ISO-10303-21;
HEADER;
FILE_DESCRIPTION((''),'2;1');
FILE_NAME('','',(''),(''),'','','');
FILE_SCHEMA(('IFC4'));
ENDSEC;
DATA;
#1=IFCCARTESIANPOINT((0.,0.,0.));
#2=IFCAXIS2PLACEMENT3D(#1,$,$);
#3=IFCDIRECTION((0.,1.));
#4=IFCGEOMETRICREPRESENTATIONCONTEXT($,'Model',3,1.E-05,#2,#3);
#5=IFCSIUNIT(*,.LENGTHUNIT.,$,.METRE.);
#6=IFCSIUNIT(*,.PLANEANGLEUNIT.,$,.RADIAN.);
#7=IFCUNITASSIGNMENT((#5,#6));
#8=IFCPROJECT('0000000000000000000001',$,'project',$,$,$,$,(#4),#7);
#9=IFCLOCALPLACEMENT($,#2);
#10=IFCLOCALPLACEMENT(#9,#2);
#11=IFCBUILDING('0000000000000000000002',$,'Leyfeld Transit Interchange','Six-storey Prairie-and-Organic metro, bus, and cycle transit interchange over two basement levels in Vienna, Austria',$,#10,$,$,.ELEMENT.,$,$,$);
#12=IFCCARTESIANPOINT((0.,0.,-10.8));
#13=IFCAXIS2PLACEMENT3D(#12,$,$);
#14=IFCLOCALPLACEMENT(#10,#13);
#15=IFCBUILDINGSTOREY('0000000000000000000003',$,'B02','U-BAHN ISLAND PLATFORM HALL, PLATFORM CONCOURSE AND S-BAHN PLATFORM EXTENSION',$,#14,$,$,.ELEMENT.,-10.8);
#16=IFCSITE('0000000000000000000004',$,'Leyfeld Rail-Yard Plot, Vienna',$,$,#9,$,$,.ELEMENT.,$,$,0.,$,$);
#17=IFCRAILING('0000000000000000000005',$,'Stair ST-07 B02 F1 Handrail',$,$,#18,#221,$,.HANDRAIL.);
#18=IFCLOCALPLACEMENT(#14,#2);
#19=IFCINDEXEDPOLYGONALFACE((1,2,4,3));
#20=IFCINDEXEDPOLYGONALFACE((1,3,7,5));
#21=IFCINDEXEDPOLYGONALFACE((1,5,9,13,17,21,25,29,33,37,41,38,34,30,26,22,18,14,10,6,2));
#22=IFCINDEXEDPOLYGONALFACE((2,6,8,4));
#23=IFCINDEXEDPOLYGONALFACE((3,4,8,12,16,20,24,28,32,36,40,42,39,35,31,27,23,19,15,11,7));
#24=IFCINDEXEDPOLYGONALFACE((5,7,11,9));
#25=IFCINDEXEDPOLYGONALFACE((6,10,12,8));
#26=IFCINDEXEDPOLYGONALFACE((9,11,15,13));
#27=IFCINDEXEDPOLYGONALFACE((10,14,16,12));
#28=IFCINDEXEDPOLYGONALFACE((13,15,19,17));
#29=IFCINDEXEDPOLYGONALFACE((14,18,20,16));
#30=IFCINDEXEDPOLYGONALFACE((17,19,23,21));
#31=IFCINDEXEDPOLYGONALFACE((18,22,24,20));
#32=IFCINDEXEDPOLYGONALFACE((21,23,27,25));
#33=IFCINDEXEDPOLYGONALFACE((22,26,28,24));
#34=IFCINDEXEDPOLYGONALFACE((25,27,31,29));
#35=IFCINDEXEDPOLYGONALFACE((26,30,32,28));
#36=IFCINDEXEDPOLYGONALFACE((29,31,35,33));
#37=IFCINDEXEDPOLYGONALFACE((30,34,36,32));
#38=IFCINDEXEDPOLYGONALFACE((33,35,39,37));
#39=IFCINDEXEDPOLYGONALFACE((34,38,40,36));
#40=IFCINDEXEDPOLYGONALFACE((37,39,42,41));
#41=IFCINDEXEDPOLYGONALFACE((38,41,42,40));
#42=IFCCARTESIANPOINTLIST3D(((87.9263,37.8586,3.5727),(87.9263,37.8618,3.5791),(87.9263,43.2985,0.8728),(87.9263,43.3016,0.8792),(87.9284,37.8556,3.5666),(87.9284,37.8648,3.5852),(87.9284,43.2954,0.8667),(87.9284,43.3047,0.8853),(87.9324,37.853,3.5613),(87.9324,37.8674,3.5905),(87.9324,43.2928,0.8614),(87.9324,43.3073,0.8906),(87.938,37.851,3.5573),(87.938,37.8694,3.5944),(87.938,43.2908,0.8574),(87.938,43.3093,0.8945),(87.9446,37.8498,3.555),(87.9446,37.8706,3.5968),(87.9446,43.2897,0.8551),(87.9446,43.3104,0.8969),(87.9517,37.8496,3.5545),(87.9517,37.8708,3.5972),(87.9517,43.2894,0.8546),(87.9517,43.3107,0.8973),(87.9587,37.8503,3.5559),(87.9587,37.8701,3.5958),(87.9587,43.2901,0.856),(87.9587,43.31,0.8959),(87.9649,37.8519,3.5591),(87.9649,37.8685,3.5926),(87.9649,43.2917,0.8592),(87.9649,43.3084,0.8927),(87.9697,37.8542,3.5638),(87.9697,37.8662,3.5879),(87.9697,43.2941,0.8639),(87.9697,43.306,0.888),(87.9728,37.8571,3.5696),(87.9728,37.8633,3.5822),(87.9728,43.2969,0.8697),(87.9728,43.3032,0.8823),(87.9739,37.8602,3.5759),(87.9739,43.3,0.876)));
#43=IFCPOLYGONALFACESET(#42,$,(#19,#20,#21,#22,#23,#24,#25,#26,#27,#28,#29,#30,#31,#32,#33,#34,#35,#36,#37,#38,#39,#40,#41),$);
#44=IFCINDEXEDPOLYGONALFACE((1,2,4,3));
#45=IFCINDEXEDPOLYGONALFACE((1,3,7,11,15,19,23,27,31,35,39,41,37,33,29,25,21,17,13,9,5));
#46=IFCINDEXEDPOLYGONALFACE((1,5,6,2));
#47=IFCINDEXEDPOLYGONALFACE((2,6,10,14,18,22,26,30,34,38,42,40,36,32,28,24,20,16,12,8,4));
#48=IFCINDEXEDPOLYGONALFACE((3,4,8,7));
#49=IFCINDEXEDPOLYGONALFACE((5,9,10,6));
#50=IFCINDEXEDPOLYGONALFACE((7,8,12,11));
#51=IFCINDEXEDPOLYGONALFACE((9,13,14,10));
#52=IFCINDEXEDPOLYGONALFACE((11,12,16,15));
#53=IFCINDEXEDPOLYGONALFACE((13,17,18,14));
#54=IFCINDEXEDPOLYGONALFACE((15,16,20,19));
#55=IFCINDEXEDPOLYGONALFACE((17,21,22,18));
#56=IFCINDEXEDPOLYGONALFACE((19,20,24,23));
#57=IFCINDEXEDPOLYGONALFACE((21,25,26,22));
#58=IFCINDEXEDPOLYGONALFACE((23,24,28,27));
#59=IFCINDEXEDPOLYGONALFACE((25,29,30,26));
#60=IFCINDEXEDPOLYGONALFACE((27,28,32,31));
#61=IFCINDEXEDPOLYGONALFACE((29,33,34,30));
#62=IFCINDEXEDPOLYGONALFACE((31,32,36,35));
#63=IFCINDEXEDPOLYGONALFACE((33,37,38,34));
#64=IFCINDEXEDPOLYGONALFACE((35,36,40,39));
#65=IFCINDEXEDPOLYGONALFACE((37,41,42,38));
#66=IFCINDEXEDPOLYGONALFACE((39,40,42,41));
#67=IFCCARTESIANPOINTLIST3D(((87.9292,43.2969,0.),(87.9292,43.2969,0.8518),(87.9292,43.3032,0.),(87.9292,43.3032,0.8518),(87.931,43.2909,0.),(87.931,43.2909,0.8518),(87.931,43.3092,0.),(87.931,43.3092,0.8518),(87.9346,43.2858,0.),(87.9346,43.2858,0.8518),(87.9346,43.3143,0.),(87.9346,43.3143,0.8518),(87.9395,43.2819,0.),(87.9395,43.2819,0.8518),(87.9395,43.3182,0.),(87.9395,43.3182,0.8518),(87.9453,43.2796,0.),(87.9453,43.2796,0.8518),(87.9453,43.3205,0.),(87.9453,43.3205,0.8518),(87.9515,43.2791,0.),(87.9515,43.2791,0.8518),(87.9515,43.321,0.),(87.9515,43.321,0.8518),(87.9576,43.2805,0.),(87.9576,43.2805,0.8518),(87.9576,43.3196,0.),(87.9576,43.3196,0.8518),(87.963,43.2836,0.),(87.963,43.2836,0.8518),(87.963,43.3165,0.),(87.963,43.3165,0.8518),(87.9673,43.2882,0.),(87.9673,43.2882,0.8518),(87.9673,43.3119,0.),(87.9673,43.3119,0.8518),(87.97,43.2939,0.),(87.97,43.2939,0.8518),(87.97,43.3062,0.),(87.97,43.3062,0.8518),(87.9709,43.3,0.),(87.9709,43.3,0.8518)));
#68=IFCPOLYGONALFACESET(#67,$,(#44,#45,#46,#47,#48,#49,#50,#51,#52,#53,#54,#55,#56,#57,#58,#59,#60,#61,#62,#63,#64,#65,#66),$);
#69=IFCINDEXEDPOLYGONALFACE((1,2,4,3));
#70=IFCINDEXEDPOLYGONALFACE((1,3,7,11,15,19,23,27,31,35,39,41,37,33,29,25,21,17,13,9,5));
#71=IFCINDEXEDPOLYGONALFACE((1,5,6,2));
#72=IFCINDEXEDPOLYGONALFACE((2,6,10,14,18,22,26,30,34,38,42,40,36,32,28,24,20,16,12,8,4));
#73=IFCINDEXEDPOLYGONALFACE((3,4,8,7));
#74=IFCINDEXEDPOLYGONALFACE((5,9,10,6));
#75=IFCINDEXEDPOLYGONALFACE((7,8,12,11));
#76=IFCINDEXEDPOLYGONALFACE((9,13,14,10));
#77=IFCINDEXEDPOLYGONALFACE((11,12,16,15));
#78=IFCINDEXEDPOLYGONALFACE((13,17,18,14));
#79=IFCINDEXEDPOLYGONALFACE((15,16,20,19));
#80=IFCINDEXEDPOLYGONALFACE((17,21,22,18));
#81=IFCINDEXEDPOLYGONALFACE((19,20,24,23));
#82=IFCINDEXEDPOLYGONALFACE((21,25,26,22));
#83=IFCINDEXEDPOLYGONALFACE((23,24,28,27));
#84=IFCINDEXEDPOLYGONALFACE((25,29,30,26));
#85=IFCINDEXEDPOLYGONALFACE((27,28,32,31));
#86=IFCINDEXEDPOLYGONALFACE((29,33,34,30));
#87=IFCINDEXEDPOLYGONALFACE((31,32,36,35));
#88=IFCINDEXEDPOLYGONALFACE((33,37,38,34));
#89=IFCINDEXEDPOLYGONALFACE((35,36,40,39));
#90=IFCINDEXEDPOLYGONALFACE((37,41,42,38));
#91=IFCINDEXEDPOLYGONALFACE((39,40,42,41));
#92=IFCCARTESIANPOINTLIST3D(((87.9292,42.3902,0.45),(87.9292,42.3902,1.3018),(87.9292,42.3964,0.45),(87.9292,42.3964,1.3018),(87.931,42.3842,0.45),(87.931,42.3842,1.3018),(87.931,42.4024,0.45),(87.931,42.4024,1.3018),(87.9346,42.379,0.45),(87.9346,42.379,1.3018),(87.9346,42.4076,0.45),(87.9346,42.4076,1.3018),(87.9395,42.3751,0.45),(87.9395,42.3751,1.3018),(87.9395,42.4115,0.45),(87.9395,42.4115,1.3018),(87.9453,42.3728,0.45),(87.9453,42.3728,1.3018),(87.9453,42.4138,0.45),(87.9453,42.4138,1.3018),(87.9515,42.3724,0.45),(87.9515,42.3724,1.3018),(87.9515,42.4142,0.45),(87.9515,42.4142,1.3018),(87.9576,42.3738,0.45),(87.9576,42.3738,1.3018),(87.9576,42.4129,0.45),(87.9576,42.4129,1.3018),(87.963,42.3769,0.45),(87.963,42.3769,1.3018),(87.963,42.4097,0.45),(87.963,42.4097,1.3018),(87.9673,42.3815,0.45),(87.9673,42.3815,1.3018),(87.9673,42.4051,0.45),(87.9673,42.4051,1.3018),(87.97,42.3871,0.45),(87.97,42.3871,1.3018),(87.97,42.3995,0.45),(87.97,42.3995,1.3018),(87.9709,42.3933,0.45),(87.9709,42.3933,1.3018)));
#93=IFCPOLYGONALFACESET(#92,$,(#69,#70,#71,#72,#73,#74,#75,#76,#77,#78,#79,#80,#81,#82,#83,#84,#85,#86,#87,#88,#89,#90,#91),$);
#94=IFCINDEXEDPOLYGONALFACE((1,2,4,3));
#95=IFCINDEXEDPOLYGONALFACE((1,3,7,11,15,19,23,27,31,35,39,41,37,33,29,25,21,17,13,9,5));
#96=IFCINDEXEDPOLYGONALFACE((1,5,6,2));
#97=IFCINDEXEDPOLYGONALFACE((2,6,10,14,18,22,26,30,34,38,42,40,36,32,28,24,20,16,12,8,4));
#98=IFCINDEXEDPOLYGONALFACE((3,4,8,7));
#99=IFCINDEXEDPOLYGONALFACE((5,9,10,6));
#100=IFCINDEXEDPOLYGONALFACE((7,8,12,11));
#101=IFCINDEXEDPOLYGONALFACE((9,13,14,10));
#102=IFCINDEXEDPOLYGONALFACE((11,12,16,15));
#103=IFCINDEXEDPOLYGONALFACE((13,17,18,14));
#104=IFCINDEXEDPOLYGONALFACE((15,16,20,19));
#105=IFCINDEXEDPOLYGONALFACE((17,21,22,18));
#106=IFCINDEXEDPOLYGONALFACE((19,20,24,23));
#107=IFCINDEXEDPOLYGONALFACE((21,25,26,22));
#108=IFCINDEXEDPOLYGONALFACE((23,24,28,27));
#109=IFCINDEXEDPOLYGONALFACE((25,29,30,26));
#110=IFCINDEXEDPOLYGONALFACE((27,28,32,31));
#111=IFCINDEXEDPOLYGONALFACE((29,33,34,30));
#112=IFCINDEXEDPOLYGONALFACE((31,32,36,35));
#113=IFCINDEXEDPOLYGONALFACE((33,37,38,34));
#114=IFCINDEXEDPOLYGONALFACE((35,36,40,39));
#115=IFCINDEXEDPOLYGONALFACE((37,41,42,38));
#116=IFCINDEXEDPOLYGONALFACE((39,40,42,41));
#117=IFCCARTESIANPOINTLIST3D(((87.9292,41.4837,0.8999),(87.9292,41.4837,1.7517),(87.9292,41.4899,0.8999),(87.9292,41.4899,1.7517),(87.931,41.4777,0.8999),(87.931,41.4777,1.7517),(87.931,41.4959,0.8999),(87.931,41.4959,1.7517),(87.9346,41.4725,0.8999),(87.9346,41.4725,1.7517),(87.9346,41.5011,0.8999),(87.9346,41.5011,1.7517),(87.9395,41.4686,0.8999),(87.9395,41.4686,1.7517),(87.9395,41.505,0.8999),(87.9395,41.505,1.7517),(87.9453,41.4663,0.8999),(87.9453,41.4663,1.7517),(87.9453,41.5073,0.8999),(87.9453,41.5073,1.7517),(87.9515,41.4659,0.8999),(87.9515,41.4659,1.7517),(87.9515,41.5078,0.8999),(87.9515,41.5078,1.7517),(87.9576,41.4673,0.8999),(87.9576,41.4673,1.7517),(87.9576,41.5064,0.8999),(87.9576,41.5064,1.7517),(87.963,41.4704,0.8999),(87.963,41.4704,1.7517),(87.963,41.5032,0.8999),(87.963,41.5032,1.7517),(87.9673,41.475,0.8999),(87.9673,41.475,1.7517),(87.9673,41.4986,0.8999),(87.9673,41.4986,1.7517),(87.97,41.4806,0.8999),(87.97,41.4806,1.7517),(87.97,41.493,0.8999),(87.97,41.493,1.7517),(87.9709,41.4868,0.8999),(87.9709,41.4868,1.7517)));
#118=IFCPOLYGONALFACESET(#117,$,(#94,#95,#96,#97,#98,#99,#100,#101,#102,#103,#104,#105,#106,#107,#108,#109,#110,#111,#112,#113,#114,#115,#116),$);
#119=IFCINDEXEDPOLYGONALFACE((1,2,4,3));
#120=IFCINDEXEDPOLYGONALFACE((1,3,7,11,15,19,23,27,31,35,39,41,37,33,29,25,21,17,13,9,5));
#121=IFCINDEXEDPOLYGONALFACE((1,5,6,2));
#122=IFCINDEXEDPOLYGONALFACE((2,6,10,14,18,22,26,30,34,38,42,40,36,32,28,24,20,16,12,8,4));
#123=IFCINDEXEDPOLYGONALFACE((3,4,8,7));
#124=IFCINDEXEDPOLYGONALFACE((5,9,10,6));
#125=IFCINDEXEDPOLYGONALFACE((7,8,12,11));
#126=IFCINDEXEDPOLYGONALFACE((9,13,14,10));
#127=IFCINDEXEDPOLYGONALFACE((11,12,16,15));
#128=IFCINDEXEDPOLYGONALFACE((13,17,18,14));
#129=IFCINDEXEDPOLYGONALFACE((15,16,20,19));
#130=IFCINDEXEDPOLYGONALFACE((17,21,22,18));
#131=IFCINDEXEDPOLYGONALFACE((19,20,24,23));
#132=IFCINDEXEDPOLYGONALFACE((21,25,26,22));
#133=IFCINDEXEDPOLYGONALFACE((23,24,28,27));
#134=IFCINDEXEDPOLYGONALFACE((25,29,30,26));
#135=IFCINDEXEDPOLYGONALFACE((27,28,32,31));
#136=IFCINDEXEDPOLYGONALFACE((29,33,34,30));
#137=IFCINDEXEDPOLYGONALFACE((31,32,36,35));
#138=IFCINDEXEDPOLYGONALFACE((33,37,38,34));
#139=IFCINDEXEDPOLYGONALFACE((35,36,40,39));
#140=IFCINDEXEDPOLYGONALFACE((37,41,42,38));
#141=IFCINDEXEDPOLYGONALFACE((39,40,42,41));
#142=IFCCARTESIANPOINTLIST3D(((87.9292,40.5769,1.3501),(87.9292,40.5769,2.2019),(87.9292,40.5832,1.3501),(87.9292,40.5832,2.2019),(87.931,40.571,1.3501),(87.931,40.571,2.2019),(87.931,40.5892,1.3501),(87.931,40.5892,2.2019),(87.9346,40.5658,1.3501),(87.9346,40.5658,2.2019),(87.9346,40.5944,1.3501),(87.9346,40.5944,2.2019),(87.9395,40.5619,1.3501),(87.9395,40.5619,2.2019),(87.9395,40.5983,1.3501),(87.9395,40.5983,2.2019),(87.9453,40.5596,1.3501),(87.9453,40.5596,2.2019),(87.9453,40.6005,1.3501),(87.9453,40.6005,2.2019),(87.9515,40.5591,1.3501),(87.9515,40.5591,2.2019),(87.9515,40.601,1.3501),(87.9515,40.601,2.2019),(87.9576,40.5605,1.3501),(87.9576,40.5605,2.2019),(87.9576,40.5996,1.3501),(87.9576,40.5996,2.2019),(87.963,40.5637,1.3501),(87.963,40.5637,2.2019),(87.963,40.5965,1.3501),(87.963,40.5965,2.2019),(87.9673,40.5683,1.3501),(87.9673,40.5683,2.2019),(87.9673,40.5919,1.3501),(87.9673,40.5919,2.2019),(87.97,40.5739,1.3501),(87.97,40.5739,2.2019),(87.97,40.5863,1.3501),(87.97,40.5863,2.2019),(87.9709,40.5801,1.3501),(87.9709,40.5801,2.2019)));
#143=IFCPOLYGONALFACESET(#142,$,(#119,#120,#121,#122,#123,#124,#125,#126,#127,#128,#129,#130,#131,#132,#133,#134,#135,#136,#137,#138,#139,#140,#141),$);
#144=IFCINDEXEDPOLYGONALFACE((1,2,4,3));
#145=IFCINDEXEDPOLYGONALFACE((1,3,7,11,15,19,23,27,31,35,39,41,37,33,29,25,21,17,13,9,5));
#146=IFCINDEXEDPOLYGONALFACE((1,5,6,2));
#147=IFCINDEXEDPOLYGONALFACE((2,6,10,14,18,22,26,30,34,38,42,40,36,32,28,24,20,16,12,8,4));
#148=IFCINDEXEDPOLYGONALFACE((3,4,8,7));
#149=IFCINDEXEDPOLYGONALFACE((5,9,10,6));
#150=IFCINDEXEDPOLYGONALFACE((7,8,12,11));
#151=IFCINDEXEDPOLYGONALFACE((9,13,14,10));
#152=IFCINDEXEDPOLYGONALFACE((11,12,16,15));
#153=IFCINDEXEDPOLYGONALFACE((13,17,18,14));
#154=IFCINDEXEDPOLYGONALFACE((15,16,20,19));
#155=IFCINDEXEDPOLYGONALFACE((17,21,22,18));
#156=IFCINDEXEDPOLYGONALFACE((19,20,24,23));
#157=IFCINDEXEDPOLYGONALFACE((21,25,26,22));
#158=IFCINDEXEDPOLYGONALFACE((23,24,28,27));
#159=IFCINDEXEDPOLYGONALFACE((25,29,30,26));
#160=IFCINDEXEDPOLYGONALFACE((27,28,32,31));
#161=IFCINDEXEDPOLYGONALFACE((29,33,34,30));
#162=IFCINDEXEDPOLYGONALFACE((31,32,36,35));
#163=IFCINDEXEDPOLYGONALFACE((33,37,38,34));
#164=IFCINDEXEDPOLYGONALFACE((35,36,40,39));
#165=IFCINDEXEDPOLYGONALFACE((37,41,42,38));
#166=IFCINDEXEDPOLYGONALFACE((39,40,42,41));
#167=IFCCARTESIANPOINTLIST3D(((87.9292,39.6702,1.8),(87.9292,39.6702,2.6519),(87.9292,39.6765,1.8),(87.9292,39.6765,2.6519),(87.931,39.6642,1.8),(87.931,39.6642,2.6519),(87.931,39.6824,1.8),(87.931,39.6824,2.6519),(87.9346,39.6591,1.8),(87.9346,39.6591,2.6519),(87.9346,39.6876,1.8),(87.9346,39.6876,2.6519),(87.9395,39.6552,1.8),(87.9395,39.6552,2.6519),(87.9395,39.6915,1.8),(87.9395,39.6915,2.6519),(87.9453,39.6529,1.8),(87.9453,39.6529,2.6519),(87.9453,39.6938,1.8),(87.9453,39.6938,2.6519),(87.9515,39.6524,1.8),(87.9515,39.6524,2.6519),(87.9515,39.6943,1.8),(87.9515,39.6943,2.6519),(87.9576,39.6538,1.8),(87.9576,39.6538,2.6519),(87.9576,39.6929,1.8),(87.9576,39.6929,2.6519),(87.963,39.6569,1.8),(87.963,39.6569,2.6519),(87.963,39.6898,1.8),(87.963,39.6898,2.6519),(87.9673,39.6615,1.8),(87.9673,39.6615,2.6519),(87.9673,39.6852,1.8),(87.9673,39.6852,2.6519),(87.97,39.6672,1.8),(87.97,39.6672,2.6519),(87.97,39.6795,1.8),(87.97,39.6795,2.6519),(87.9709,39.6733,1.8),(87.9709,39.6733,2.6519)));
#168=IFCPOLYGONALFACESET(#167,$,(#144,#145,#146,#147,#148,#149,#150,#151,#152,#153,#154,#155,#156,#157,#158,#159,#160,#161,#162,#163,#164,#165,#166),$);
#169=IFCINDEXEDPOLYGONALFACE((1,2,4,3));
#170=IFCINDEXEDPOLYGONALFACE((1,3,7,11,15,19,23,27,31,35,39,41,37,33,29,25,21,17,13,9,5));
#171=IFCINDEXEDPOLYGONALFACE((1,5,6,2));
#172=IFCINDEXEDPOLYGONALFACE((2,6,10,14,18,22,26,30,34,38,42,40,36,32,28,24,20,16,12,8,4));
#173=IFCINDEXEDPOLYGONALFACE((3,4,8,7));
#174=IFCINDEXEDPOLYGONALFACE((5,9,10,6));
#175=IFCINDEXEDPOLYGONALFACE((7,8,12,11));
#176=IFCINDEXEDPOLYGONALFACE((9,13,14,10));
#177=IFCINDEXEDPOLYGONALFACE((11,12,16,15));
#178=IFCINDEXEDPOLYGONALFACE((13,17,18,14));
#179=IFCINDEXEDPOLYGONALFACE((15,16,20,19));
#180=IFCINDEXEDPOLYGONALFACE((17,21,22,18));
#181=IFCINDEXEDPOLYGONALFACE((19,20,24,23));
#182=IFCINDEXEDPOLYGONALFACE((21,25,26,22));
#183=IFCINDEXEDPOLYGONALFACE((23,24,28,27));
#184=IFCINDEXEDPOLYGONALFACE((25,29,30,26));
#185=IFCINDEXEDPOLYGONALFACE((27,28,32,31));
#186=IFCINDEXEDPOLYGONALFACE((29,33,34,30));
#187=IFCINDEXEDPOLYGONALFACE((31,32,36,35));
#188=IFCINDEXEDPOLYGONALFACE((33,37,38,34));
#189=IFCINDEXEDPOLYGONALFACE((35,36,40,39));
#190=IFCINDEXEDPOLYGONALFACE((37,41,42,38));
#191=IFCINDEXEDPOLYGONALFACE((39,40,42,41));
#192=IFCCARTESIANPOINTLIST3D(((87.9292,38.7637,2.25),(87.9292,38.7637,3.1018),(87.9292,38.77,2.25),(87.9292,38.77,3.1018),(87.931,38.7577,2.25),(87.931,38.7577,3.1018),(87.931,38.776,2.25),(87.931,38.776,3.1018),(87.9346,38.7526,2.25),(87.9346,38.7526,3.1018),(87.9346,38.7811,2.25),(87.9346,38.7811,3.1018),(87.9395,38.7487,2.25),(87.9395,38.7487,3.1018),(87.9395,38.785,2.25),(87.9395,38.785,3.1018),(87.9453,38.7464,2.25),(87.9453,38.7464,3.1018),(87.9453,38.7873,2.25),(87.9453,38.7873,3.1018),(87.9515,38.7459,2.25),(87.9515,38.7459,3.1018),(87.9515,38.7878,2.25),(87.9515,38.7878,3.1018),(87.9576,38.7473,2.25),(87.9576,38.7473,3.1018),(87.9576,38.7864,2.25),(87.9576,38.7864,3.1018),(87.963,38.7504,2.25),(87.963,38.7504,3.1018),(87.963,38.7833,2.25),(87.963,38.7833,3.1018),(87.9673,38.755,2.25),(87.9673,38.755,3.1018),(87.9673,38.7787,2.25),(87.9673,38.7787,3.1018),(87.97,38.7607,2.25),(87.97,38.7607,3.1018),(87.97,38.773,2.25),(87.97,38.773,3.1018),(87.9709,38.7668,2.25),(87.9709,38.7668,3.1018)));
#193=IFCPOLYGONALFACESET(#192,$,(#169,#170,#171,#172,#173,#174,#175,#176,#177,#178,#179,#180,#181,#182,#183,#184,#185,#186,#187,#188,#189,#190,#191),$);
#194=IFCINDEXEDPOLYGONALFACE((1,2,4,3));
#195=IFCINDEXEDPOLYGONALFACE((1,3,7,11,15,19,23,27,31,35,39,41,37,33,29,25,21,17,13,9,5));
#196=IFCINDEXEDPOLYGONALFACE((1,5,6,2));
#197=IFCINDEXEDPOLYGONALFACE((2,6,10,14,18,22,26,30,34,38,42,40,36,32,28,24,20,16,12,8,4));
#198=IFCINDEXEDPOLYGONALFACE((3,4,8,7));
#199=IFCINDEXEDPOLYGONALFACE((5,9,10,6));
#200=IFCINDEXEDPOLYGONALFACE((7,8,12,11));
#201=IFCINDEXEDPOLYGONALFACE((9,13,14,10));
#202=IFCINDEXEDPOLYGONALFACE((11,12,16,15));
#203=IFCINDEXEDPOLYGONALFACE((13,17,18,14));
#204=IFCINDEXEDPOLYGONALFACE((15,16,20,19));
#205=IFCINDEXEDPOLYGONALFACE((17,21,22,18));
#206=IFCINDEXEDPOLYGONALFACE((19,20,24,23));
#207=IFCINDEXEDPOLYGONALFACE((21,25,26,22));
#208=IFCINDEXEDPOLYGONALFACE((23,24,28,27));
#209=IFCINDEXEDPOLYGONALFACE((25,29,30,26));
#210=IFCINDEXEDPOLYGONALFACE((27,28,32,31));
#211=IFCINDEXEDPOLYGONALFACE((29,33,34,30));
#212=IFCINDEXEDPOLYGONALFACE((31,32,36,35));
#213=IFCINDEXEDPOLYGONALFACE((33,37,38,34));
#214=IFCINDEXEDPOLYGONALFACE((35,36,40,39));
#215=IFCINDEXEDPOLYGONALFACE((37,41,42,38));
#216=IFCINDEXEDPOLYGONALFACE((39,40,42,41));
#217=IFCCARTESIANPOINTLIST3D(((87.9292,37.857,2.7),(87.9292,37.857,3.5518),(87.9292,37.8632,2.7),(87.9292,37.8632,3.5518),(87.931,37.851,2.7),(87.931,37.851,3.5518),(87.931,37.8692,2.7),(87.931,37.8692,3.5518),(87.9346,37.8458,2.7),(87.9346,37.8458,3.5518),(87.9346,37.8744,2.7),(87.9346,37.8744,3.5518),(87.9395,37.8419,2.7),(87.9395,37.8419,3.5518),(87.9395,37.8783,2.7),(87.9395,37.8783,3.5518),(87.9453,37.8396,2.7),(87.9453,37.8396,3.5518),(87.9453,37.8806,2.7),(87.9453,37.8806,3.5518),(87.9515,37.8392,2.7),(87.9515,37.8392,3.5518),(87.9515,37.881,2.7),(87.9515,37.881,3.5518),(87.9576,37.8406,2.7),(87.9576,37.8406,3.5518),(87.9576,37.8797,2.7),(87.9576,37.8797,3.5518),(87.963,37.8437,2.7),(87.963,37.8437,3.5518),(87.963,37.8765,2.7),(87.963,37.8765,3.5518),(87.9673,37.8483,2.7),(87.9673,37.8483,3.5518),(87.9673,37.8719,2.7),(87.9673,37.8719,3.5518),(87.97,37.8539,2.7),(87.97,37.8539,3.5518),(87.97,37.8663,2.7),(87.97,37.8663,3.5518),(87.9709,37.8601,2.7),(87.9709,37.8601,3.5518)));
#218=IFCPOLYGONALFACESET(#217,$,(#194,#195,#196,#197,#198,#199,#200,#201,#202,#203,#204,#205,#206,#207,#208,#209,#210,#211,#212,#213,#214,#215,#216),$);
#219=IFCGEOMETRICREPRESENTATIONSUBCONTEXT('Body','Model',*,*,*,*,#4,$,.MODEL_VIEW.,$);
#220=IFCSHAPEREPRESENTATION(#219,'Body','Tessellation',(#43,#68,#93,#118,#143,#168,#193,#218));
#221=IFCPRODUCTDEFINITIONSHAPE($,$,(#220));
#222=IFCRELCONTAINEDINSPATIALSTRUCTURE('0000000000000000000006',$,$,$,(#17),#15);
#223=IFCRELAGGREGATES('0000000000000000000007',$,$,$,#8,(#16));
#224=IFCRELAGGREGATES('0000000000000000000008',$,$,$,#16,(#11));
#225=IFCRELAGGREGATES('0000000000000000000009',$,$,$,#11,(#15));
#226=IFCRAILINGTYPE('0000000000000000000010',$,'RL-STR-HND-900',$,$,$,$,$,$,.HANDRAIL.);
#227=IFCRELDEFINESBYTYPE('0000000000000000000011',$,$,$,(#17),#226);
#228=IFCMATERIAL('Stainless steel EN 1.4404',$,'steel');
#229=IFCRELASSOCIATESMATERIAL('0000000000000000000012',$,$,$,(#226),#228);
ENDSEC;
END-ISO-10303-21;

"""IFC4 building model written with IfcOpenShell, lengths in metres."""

from ifc_helpers import new_model, si_unit, direction, frame, origin, origin_2d, place, context, subcontext, project, spatial, circle, extrude, material, type_object, element, save


model = new_model("IFC4")

# Units and contexts
model_context = context("Model", 3, precision=1e-05, world=origin(), true_north=direction((0.0, 1.0)))
body_context = subcontext(model_context, "Body", "Model", "MODEL_VIEW")
ifc_project = project(units=[si_unit("LENGTHUNIT", "METRE"), si_unit("PLANEANGLEUNIT", "RADIAN")], contexts=[model_context])

# Site, building, storey
site_placement = place(None, origin())
site = spatial("IfcSite", under=ifc_project, at=site_placement, Name="Leyfeld Rail-Yard Plot, Vienna", CompositionType="ELEMENT", RefElevation=0.0)
building_placement = place(site_placement, origin())
building = spatial("IfcBuilding", under=site, at=building_placement, Name="Leyfeld Transit Interchange", Description="Six-storey Prairie-and-Organic metro, bus, and cycle transit interchange over two basement levels in Vienna, Austria", CompositionType="ELEMENT")
storey_placement = place(building_placement, frame((0.0, 0.0, -10.8)))
storey = spatial("IfcBuildingStorey", under=building, at=storey_placement, Name="B02", Description="U-BAHN ISLAND PLATFORM HALL, PLATFORM CONCOURSE AND S-BAHN PLATFORM EXTENSION", CompositionType="ELEMENT", Elevation=-10.8)

# Railing
ifc_material_1 = material(Name="Stainless steel EN 1.4404", Category="steel")
railing_type_1 = type_object("IfcRailingType", Name="RL-STR-HND-900", PredefinedType="HANDRAIL", material=ifc_material_1)
railing_1_placement = place(storey_placement, frame((87.95, 43.3, 0.0)))
element("IfcRailing", 1, at=railing_1_placement, inside=storey, type_object=railing_type_1, Name="Stair ST-07 B02 F1 Handrail", PredefinedType="HANDRAIL", context=body_context, shape_type="SweptSolid", body=[
    extrude(circle(Radius=0.0239, at=origin_2d()), frame((0.0, 0.0, 0.876), z_axis=(0.0, -0.895742, 0.444575), x_axis=(1.0, 0.0, 0.0)), (0.0, 0.0, 1.0), 6.073),
    extrude(circle(Radius=0.021, at=origin_2d()), origin(), (0.0, 0.0, 1.0), 0.8518),
    extrude(circle(Radius=0.021, at=origin_2d()), frame((0.0, -0.9067, 0.45)), (0.0, 0.0, 1.0), 0.8518),
    extrude(circle(Radius=0.021, at=origin_2d()), frame((0.0, -1.8132, 0.8999)), (0.0, 0.0, 1.0), 0.8518),
    extrude(circle(Radius=0.021, at=origin_2d()), frame((0.0, -2.72, 1.3501)), (0.0, 0.0, 1.0), 0.8518),
    extrude(circle(Radius=0.021, at=origin_2d()), frame((0.0, -3.6267, 1.8)), (0.0, 0.0, 1.0), 0.8518),
    extrude(circle(Radius=0.021, at=origin_2d()), frame((0.0, -4.5332, 2.25)), (0.0, 0.0, 1.0), 0.8518),
    extrude(circle(Radius=0.021, at=origin_2d()), frame((0.0, -5.4399, 2.7)), (0.0, 0.0, 1.0), 0.8518),
])

save(model, "model.ifc")
